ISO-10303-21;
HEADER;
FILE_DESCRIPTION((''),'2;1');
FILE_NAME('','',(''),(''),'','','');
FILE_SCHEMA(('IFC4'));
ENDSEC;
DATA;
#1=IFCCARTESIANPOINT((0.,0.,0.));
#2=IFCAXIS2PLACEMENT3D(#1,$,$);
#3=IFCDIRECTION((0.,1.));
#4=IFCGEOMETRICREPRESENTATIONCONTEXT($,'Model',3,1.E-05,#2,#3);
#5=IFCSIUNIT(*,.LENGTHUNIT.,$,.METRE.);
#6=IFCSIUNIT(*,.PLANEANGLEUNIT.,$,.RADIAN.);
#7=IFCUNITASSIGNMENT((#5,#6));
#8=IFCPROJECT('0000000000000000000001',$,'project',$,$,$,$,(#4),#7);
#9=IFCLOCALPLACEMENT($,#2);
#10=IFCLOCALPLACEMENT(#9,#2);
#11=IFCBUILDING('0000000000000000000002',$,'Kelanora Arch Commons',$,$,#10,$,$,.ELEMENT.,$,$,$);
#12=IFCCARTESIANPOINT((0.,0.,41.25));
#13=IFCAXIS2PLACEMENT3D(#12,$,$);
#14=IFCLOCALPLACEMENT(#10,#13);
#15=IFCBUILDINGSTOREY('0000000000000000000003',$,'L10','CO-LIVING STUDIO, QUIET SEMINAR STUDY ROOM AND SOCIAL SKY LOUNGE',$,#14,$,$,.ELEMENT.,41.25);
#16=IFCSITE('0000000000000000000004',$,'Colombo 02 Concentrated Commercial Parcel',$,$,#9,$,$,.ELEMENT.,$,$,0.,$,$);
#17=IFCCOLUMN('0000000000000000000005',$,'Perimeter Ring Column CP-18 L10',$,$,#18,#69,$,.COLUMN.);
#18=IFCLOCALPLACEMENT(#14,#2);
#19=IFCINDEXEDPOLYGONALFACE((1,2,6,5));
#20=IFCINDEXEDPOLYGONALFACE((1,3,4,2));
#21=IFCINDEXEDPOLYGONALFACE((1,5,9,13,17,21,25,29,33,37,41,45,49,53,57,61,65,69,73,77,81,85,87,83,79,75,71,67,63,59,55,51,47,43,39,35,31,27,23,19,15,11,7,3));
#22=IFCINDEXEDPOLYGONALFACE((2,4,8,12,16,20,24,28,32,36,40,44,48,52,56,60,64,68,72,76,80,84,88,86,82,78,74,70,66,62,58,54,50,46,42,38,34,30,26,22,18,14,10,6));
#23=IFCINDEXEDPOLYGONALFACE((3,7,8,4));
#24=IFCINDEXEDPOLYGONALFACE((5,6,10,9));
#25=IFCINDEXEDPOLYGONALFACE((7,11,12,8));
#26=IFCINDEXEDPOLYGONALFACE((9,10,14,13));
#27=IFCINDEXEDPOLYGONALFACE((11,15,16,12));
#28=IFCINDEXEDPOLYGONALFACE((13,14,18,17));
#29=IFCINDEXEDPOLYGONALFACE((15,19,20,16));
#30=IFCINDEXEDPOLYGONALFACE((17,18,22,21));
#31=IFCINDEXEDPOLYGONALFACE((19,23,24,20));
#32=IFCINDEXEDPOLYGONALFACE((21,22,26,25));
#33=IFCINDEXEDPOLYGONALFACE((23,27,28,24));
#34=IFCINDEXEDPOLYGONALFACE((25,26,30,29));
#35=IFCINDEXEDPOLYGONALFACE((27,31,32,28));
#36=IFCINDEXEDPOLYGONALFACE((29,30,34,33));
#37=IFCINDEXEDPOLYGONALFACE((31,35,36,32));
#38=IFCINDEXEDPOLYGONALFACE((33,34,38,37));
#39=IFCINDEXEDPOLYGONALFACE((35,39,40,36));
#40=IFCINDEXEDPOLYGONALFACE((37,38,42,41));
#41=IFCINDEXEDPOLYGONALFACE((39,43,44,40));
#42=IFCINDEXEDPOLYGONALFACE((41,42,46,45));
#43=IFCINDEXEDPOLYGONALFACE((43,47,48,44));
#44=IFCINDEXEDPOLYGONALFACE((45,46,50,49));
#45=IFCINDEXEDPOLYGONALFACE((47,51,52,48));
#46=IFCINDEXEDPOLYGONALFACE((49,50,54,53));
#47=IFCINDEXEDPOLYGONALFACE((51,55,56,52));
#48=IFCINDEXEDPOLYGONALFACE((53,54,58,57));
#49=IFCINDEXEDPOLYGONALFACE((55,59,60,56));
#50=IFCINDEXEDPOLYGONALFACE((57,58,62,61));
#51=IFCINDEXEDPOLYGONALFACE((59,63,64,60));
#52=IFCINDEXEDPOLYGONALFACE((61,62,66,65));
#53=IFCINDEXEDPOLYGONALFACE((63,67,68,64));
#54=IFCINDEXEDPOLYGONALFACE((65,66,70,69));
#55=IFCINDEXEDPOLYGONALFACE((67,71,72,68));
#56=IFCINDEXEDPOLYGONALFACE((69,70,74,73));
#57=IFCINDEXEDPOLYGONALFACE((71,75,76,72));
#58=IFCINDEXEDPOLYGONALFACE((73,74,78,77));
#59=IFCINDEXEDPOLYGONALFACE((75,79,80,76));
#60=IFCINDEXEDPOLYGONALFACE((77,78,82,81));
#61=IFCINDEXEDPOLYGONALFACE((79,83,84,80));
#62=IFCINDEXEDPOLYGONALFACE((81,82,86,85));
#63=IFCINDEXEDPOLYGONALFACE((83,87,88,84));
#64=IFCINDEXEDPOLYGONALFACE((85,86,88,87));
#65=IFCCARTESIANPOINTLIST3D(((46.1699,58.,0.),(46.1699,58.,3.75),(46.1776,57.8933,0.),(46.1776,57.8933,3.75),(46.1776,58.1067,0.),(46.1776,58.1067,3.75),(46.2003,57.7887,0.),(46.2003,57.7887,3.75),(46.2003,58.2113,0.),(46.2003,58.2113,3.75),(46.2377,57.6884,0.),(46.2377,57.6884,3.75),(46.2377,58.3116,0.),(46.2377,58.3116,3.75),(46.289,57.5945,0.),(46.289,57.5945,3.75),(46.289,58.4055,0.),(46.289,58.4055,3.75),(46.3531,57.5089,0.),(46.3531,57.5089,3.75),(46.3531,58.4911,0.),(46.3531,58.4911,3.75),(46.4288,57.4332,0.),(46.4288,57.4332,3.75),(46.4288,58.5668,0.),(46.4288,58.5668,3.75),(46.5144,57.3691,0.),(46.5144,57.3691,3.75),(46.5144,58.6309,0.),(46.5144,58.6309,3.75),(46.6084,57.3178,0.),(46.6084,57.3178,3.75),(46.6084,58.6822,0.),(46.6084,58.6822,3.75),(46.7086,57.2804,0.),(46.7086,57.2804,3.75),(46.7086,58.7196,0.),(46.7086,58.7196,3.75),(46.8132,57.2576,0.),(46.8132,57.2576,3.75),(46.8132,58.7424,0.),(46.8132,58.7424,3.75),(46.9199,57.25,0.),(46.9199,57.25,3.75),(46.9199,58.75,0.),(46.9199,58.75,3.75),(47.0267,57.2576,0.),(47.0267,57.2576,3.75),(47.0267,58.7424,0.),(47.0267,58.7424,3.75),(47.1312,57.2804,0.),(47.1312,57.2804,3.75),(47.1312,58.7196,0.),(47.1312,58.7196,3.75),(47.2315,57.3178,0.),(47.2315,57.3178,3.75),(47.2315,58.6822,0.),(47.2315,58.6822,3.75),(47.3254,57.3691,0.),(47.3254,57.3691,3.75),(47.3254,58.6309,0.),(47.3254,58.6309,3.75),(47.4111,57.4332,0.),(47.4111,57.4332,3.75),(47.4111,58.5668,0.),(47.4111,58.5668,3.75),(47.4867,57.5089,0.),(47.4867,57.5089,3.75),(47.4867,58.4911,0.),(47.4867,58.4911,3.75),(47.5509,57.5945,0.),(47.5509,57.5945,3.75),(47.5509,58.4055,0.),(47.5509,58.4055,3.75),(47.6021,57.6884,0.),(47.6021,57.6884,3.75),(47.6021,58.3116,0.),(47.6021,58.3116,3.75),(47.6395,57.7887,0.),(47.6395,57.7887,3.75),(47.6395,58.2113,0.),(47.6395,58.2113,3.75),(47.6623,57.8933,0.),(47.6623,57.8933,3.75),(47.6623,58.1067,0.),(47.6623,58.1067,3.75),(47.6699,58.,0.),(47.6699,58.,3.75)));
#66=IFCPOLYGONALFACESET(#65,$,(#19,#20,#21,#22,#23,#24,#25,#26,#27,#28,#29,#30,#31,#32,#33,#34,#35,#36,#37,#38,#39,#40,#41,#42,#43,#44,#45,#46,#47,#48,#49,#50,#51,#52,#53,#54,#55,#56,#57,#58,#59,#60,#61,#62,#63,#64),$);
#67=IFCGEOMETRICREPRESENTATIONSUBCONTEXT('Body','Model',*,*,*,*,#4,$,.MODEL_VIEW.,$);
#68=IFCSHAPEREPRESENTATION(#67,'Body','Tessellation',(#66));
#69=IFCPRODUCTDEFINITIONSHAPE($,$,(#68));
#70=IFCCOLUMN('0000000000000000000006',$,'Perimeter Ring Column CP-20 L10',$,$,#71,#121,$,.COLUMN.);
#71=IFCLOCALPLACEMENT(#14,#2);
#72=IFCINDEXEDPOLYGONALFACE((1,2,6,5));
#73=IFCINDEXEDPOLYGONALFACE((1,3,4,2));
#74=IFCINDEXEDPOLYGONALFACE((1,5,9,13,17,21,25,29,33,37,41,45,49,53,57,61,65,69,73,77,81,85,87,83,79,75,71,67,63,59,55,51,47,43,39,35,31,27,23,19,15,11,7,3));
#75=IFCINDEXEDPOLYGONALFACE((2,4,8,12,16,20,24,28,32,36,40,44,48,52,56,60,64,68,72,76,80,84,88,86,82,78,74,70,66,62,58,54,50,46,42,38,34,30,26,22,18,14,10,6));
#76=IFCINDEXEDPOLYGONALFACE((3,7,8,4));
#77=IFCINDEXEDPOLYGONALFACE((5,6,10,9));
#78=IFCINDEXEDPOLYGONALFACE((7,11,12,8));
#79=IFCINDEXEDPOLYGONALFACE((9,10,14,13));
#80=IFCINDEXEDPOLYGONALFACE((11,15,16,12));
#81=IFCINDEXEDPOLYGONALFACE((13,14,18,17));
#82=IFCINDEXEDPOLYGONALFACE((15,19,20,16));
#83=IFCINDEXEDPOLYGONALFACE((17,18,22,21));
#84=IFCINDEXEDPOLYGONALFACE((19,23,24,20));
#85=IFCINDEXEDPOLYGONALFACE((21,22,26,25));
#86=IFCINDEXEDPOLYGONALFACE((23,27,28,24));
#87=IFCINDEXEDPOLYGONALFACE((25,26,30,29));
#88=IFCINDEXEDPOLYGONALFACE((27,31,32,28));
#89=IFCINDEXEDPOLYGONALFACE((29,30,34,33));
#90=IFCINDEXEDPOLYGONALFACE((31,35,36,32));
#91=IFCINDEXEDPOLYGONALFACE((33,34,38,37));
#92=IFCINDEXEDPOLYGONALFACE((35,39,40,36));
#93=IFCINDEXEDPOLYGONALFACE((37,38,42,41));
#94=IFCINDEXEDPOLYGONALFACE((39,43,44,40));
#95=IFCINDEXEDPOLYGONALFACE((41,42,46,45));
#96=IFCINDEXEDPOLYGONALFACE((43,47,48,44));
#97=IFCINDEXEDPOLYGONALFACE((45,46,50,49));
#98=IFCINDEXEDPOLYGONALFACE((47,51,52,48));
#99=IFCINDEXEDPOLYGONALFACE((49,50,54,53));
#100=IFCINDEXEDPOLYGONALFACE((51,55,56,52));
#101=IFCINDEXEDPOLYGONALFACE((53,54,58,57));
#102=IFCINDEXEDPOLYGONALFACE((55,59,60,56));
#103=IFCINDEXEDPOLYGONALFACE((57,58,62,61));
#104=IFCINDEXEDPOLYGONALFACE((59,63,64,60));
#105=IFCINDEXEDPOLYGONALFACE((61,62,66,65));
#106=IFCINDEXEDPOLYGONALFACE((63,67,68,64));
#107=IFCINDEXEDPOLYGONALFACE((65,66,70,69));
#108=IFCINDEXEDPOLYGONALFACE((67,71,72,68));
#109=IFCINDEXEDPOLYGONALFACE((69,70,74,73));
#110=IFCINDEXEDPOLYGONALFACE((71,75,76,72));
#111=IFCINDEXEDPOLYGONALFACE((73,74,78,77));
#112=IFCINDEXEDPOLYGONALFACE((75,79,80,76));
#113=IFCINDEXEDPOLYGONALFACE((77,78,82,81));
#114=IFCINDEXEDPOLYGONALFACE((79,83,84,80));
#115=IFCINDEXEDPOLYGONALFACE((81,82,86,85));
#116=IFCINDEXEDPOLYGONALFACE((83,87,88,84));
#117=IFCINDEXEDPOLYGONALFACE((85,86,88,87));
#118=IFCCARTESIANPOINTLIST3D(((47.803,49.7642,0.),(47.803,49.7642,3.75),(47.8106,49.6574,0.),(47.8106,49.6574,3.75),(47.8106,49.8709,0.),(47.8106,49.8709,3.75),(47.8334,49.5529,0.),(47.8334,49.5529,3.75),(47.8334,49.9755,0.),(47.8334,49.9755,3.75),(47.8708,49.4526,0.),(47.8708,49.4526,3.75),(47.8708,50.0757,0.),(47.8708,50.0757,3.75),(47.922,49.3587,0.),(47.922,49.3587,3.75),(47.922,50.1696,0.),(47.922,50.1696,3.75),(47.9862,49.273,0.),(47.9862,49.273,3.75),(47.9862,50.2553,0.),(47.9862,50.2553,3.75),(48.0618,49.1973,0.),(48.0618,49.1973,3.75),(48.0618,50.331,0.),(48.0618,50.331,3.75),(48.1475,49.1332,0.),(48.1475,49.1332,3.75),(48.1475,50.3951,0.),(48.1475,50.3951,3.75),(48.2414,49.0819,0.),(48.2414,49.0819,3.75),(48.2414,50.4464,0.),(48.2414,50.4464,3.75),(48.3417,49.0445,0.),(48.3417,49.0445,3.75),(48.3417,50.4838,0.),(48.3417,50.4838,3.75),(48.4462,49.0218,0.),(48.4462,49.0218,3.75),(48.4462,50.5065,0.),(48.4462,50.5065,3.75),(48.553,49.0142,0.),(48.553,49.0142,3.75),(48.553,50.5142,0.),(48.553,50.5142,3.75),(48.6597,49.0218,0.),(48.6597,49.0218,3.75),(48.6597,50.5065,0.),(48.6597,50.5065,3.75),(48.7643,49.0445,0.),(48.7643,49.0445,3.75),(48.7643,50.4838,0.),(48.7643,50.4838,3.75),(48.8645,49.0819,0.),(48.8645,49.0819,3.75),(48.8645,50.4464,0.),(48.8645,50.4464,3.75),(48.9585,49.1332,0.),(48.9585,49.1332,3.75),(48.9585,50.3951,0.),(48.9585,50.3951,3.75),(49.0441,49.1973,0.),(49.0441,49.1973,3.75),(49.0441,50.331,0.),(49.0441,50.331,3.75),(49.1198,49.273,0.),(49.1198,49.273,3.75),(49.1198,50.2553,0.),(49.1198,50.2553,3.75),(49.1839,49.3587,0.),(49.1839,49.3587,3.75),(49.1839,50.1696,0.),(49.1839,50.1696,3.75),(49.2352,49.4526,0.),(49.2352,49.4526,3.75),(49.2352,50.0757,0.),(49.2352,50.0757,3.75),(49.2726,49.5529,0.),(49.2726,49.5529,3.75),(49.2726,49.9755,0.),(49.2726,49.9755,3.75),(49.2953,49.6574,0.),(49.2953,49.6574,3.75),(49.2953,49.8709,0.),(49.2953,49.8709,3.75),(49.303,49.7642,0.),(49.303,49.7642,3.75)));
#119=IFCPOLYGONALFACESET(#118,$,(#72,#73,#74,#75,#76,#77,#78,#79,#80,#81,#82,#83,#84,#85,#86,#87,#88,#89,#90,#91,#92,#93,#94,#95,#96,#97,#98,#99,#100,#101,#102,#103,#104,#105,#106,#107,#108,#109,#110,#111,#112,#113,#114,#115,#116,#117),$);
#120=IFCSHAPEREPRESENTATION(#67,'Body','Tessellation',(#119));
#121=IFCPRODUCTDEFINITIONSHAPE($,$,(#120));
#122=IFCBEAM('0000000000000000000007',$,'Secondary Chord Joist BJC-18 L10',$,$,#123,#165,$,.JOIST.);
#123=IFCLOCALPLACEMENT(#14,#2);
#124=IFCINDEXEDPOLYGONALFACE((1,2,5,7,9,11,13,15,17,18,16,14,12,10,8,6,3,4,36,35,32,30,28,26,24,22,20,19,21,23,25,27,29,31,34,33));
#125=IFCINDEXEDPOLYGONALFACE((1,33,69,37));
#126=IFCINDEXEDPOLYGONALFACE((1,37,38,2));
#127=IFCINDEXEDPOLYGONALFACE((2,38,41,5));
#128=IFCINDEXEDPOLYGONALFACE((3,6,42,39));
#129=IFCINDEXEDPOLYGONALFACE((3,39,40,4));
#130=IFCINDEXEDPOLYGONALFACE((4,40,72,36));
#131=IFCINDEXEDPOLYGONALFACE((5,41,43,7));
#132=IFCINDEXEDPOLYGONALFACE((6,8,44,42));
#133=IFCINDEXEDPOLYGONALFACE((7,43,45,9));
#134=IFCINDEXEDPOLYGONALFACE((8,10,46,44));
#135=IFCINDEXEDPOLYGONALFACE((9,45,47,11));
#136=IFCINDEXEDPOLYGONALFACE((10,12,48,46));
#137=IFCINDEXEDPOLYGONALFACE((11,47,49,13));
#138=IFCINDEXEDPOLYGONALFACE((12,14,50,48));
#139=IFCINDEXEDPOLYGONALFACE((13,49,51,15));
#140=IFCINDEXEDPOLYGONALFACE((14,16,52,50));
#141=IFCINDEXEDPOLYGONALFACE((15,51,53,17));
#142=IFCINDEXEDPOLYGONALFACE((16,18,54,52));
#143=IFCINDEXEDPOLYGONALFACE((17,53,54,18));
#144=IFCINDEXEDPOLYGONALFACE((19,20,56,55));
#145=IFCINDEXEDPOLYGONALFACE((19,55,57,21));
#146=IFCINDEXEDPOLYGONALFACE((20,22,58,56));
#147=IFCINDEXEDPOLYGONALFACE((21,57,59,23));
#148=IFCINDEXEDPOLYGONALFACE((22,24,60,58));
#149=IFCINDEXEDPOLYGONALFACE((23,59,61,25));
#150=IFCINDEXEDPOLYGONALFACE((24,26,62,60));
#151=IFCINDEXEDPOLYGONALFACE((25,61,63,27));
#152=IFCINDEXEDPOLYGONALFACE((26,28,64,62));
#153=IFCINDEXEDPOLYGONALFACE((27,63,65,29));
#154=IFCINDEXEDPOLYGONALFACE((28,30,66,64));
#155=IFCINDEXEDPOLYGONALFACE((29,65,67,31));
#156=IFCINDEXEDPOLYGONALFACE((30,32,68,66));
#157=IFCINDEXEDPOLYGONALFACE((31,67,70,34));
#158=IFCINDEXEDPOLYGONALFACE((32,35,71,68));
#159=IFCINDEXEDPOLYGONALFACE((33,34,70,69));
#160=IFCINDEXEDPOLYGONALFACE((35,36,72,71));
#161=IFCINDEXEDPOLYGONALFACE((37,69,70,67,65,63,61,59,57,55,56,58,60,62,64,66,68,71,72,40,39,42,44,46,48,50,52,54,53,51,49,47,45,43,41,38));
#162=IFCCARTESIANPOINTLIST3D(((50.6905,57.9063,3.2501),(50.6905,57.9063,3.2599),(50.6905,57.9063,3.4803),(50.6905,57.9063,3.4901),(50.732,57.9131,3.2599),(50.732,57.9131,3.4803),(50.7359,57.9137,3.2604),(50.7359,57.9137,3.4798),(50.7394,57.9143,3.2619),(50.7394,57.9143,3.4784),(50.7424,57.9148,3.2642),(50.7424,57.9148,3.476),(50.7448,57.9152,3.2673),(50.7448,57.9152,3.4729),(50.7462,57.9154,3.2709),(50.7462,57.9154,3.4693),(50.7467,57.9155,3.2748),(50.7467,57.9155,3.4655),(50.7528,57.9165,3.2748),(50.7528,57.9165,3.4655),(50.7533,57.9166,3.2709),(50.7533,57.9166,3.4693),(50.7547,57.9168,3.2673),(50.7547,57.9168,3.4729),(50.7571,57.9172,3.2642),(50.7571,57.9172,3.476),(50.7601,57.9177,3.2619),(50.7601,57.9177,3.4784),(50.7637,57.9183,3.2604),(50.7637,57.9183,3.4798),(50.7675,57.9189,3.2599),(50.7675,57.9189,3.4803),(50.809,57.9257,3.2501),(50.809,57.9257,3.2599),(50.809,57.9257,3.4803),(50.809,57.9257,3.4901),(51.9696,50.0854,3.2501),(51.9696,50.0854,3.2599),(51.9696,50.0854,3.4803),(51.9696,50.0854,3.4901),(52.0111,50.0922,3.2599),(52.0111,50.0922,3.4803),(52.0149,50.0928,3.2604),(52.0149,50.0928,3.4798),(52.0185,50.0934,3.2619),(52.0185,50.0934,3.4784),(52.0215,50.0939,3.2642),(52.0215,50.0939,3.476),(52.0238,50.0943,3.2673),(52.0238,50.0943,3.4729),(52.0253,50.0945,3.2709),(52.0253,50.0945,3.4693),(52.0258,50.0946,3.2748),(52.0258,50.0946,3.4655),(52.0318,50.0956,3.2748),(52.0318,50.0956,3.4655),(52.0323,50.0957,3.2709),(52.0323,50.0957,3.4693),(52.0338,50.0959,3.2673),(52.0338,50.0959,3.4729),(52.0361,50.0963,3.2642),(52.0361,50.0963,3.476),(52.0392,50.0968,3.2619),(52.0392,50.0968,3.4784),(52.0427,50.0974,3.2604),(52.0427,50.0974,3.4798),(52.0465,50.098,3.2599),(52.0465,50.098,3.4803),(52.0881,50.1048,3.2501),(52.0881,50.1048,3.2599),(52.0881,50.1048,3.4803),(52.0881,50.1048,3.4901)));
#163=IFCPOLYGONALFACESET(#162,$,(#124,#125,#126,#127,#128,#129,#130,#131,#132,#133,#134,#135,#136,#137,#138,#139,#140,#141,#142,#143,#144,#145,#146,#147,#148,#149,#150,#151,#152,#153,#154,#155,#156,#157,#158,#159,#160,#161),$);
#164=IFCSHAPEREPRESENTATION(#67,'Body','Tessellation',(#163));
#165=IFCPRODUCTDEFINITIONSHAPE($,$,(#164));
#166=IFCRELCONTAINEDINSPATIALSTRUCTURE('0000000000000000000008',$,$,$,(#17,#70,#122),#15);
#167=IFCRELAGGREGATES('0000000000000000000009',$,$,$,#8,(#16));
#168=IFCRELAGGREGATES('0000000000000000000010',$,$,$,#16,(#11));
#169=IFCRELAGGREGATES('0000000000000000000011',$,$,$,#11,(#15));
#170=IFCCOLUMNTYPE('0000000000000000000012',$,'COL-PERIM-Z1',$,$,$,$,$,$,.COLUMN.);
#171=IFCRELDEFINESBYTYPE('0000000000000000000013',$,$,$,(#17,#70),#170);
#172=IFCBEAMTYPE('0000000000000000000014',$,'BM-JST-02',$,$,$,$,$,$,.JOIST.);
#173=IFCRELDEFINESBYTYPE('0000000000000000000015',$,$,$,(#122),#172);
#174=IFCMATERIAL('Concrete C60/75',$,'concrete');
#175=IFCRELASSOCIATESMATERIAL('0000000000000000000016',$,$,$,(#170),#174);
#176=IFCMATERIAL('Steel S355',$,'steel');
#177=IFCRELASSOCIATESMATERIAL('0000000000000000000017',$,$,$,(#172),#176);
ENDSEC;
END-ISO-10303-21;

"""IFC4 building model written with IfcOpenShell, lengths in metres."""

from ifc_helpers import new_model, si_unit, direction, frame, origin, origin_2d, place, context, subcontext, project, spatial, circle, i_section, extrude, material, material_profile, profile_set, type_object, element, save


model = new_model("IFC4")

# Units and contexts
model_context = context("Model", 3, precision=1e-05, world=origin(), true_north=direction((0.0, 1.0)))
body_context = subcontext(model_context, "Body", "Model", "MODEL_VIEW")
ifc_project = project(units=[si_unit("LENGTHUNIT", "METRE"), si_unit("PLANEANGLEUNIT", "RADIAN")], contexts=[model_context])

# Site, building, storey
site_placement = place(None, origin())
site = spatial("IfcSite", under=ifc_project, at=site_placement, Name="Colombo 02 Concentrated Commercial Parcel", CompositionType="ELEMENT", RefElevation=0.0)
building_placement = place(site_placement, origin())
building = spatial("IfcBuilding", under=site, at=building_placement, Name="Kelanora Arch Commons", CompositionType="ELEMENT")
storey_placement = place(building_placement, frame((0.0, 0.0, 41.25)))
storey = spatial("IfcBuildingStorey", under=building, at=storey_placement, Name="L10", Description="CO-LIVING STUDIO, QUIET SEMINAR STUDY ROOM AND SOCIAL SKY LOUNGE", CompositionType="ELEMENT", Elevation=41.25)

# Columns
ifc_material_1 = material(Name="Concrete C60/75", Category="concrete")
ifc_material_profile_1 = material_profile(ifc_material_1, circle(Radius=0.75, at=origin_2d()), Name="RCC1500")
ifc_profile_set_1 = profile_set([ifc_material_profile_1], Name="Concrete C60/75")
column_type = type_object("IfcColumnType", Name="COL-PERIM-Z1", PredefinedType="COLUMN", material=ifc_profile_set_1)
for number, where, z_axis, x_axis, name in (
    (1, (46.9199, 58.0, 0.0), (0.0, 0.0, 1.0), (1.0, 0.0, 0.0), "Perimeter Ring Column CP-18 L10"),
    (2, (48.553, 49.7642, 0.0), (0.0, 0.0, 1.0), (1.0, 0.0, 0.0), "Perimeter Ring Column CP-20 L10"),
):
    element("IfcColumn", number, at=place(storey_placement, frame(where, z_axis=z_axis, x_axis=x_axis)), inside=storey, type_object=column_type, Name=name, PredefinedType="COLUMN", context=body_context, shape_type="SweptSolid", body=[
        extrude(circle(Radius=0.75, at=origin_2d()), origin(), (0.0, 0.0, 1.0), 3.75),
    ])

# Beam
ifc_material_2 = material(Name="Steel S355", Category="steel")
ifc_material_profile_2 = material_profile(ifc_material_2, i_section(OverallWidth=0.1201, OverallDepth=0.24, WebThickness=0.0061, FlangeThickness=0.0098, FilletRadius=0.0149, at=origin_2d()), Name="IPE240")
ifc_profile_set_2 = profile_set([ifc_material_profile_2], Name="Steel S355")
beam_type_1 = type_object("IfcBeamType", Name="BM-JST-02", PredefinedType="JOIST", material=ifc_profile_set_2)
beam_1_placement = place(storey_placement, frame((50.7498, 57.916, 3.3701), z_axis=(0.161401, -0.986889, 0.0), x_axis=(0.986889, 0.161401, 0.0)))
element("IfcBeam", 3, at=beam_1_placement, inside=storey, type_object=beam_type_1, Name="Secondary Chord Joist BJC-18 L10", PredefinedType="JOIST", context=body_context, shape_type="SweptSolid", body=[
    extrude(i_section(OverallWidth=0.1201, OverallDepth=0.24, WebThickness=0.0061, FlangeThickness=0.0098, FilletRadius=0.0149, at=origin_2d()), origin(), (0.0, 0.0, 1.0), 7.9248),
])

save(model, "model.ifc")
